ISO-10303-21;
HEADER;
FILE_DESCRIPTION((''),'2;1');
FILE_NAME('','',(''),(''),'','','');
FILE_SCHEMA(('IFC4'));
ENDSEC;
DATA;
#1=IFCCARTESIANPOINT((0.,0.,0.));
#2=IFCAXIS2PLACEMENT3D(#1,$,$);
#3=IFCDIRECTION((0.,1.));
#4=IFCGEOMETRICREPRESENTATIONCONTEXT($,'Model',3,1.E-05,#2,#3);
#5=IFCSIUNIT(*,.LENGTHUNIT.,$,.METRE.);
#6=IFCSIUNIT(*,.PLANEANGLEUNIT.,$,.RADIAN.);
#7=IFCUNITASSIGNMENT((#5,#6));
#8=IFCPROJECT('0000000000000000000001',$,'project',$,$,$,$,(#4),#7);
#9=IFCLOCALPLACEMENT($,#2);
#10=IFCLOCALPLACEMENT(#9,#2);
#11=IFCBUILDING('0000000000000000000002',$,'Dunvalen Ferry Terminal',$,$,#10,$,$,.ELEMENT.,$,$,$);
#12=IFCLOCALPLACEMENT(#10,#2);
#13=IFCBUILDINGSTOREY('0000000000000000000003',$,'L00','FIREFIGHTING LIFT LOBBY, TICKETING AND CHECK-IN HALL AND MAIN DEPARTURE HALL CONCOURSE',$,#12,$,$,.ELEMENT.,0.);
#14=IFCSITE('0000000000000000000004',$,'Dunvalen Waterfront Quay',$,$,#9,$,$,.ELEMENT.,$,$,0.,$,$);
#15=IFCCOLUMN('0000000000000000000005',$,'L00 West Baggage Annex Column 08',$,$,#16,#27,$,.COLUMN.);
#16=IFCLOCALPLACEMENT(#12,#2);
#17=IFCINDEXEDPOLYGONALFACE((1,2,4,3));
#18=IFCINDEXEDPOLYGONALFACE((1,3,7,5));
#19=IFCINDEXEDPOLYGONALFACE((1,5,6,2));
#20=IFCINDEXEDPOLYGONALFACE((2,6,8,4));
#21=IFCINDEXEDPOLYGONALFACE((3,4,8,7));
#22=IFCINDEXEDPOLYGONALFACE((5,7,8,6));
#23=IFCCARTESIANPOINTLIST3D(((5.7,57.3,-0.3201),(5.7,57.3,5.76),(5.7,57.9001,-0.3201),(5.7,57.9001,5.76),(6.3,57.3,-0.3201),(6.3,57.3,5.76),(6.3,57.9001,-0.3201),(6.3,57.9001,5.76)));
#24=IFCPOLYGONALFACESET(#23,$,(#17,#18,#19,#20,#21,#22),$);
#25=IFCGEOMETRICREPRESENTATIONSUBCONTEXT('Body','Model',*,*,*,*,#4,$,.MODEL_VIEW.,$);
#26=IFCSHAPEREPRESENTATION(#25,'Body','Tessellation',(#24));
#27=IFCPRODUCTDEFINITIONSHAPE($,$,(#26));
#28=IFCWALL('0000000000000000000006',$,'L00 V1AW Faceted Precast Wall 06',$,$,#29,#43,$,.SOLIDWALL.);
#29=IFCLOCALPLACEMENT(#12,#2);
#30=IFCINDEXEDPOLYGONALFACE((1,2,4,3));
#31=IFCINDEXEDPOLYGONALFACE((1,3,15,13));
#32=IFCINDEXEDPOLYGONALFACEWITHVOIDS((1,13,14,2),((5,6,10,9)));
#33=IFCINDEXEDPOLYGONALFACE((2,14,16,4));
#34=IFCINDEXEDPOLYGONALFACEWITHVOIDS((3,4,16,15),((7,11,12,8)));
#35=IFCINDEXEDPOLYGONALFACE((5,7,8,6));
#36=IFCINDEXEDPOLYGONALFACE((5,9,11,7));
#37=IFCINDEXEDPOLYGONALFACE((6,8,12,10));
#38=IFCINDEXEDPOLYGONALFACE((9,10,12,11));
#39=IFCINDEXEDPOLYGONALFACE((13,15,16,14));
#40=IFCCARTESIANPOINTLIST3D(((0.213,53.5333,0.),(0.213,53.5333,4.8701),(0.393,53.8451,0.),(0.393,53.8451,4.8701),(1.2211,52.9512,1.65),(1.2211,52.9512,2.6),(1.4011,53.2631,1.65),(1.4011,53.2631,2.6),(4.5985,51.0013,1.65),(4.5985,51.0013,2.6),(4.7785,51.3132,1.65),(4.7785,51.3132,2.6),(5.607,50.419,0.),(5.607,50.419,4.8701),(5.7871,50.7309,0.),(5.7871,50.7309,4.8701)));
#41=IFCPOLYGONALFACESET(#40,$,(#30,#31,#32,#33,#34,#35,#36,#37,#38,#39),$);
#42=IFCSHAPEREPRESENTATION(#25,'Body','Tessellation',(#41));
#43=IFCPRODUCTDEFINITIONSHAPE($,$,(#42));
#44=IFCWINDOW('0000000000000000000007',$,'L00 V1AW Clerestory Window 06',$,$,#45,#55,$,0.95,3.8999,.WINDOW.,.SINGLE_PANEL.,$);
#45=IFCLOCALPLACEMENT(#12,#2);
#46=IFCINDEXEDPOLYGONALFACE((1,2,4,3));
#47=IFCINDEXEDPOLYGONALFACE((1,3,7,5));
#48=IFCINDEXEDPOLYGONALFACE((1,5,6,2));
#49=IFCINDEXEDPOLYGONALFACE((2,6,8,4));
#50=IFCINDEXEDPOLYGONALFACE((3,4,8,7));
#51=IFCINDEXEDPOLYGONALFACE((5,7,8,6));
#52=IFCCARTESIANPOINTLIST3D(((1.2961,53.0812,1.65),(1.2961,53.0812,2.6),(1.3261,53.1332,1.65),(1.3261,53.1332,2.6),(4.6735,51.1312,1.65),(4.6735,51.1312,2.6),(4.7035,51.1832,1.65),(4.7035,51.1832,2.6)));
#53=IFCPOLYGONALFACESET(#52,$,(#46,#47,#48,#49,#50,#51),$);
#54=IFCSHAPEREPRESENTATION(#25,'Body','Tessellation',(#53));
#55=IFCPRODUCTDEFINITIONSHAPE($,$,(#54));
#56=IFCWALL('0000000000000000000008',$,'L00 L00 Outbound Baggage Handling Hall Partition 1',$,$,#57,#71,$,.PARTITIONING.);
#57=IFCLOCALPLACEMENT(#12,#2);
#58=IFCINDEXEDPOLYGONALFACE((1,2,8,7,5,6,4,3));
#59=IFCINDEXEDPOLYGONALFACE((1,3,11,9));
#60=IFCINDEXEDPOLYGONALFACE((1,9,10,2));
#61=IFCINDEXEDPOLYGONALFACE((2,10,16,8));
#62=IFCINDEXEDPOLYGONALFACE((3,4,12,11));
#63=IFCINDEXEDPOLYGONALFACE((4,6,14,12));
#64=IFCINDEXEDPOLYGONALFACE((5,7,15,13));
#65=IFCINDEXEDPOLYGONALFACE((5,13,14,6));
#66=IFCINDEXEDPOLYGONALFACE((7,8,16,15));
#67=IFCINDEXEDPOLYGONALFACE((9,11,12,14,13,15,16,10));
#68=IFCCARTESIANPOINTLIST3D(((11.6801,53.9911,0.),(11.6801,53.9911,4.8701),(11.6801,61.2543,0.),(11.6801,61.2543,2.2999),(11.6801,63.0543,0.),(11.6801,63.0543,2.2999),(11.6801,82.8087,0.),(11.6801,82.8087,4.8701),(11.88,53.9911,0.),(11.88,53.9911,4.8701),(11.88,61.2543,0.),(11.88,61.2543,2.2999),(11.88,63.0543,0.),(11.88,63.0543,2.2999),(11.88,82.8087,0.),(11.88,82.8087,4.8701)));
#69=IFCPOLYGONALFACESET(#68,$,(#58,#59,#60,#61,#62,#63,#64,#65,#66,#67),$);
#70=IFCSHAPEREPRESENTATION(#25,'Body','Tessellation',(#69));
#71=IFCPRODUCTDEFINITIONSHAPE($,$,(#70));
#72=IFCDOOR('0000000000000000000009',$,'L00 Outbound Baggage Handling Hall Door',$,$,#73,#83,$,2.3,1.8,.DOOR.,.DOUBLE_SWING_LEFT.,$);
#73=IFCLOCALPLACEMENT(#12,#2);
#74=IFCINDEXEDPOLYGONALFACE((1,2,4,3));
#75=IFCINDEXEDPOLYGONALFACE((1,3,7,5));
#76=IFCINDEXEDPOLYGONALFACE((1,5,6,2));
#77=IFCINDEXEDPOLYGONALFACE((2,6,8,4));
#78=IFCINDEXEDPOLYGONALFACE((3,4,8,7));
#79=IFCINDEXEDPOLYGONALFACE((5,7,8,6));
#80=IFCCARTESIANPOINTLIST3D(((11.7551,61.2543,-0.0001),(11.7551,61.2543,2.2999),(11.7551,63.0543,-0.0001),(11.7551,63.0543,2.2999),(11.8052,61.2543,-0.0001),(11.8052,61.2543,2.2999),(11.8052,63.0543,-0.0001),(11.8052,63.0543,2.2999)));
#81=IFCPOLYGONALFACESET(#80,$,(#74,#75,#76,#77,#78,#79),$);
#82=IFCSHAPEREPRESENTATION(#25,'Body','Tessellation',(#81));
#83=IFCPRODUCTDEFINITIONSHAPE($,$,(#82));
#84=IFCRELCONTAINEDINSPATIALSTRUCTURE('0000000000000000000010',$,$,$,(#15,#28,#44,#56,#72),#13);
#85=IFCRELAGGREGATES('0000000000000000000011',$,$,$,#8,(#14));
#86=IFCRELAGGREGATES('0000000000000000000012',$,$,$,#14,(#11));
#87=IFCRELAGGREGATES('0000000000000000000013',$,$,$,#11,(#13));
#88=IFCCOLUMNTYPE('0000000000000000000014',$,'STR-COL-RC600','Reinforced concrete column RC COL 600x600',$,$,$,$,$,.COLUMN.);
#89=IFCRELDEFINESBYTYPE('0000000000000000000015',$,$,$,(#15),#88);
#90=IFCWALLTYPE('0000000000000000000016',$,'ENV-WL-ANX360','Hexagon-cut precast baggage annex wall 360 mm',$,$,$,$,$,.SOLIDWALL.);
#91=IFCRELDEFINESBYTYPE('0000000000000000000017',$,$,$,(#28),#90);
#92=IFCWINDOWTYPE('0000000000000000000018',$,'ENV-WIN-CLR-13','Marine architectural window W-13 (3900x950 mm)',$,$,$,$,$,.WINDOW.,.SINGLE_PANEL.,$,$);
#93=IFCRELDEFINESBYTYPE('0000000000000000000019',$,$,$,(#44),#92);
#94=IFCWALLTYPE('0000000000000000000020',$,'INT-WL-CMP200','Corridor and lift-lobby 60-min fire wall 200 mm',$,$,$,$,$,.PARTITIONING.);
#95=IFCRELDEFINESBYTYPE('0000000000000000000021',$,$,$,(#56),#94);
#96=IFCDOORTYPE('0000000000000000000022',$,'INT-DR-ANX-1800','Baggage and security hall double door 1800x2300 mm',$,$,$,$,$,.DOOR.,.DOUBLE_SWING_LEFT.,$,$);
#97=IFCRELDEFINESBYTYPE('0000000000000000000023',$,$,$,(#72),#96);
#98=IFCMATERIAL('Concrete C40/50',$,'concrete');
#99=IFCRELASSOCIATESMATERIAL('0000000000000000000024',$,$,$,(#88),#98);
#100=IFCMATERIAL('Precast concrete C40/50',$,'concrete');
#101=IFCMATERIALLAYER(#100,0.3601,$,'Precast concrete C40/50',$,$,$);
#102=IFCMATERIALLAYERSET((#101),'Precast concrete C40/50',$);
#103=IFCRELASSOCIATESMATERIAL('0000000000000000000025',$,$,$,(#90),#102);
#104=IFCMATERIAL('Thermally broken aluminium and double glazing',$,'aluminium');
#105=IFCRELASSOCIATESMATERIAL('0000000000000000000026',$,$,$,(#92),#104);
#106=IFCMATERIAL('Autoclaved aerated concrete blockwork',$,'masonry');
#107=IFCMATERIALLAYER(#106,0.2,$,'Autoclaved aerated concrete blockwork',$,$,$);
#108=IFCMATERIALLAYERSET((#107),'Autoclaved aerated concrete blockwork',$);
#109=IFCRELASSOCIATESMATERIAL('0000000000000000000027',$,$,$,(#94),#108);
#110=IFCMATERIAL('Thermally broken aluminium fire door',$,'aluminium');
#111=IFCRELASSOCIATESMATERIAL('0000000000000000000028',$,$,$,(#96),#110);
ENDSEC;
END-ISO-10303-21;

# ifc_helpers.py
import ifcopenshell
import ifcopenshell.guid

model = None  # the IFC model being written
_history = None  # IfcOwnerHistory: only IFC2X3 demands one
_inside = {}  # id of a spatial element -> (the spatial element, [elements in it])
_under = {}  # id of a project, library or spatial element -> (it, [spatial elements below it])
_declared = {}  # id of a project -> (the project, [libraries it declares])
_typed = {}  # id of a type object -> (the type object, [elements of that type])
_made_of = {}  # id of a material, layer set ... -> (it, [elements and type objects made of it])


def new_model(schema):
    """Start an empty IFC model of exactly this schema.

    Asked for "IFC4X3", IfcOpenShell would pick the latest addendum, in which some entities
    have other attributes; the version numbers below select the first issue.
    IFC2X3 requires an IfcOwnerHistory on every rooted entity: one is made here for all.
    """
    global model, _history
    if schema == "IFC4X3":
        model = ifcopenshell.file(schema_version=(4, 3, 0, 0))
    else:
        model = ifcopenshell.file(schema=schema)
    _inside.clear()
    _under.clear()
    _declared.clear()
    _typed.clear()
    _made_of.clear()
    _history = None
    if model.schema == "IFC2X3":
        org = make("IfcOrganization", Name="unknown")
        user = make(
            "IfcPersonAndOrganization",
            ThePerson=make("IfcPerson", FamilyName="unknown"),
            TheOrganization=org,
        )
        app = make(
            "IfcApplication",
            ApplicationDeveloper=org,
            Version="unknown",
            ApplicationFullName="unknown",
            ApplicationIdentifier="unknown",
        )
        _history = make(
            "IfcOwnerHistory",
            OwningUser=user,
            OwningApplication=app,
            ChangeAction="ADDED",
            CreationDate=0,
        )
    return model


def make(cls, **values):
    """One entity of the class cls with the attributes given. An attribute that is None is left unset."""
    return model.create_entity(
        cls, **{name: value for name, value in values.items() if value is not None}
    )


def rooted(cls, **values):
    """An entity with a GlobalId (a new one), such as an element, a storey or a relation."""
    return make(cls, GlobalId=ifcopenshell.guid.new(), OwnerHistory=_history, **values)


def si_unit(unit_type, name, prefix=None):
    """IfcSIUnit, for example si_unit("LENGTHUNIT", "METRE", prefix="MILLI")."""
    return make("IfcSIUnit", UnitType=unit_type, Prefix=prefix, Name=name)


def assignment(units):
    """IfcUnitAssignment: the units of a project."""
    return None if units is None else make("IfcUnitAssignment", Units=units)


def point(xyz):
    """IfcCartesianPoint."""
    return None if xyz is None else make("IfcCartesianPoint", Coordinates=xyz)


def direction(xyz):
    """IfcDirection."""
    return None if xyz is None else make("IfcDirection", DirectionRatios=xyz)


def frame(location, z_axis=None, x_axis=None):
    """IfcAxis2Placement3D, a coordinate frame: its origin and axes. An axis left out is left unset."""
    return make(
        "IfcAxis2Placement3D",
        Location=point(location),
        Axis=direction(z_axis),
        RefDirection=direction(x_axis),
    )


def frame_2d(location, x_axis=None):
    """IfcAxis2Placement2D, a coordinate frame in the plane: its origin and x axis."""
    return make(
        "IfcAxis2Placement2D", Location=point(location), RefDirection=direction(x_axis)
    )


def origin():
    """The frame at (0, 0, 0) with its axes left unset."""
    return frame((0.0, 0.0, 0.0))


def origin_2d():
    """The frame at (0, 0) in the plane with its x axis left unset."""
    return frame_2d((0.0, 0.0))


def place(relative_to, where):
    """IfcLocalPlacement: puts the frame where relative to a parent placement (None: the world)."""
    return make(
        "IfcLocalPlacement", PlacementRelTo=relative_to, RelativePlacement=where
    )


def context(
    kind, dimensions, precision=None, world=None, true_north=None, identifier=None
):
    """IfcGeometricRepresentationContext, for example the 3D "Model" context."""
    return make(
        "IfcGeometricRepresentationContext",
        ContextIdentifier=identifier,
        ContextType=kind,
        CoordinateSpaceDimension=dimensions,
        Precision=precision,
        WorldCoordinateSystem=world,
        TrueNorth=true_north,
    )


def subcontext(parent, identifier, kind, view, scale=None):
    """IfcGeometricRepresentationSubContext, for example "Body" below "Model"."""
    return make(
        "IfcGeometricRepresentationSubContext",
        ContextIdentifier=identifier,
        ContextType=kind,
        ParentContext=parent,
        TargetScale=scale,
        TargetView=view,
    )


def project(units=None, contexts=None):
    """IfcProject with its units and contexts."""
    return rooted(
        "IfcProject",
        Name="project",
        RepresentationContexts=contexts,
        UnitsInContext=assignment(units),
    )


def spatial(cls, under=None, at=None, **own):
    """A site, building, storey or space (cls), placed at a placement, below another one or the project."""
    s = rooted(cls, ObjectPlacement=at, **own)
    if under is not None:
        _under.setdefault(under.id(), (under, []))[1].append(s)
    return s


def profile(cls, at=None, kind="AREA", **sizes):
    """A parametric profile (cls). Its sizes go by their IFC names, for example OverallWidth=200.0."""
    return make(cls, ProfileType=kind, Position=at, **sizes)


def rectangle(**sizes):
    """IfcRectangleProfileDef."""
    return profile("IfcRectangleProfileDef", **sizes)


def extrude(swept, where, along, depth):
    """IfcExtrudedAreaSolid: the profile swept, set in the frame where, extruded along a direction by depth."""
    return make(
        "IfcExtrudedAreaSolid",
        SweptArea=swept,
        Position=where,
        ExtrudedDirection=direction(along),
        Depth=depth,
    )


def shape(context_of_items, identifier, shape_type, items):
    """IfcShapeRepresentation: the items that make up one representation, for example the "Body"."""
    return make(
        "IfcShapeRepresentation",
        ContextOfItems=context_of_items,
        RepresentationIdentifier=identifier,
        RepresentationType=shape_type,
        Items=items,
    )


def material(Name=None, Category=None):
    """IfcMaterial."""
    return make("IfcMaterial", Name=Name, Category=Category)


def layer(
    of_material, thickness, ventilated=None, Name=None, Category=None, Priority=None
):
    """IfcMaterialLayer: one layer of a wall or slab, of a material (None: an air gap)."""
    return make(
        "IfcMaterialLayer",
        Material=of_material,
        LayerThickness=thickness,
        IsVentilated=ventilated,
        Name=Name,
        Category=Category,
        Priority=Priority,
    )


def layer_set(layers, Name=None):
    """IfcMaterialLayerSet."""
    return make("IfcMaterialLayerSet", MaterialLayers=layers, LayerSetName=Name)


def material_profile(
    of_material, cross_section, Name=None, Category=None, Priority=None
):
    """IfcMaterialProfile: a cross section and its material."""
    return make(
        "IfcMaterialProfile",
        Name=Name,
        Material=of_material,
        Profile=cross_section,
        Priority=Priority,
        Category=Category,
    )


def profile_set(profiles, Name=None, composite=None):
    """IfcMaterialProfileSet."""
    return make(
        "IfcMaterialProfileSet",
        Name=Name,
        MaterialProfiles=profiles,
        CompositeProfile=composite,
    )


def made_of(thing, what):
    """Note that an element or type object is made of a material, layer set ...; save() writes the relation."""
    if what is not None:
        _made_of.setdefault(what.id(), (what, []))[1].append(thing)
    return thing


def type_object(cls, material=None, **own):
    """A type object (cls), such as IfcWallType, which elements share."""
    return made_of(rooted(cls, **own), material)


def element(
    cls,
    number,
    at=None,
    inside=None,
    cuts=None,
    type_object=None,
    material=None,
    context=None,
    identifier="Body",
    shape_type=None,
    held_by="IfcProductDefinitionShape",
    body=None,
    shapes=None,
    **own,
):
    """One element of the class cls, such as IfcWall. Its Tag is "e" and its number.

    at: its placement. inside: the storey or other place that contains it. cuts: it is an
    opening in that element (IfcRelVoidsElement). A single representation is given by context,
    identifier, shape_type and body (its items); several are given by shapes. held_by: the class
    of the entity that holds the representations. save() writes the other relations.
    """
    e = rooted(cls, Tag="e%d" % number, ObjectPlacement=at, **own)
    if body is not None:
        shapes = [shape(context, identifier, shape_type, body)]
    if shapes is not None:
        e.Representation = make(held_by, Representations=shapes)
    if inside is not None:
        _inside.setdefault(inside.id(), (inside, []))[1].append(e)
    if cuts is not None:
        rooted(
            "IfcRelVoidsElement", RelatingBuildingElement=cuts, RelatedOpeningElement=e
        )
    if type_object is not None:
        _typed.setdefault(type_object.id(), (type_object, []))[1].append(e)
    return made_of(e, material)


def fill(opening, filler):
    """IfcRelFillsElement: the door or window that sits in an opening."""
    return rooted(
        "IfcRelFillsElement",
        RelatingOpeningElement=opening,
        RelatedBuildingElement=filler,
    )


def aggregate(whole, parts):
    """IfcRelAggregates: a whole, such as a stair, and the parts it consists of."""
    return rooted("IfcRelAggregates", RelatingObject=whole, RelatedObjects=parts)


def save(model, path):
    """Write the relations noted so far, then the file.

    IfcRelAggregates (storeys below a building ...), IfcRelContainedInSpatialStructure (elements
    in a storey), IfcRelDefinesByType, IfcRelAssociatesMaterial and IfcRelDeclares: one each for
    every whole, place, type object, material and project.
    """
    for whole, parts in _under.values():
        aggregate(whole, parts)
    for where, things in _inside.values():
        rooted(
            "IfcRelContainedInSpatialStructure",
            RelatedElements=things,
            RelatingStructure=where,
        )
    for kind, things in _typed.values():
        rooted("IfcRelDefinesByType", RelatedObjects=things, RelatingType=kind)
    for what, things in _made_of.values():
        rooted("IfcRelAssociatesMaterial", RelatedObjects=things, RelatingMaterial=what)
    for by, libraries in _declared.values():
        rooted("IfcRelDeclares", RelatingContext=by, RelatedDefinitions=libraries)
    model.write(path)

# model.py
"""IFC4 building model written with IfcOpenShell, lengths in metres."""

from ifc_helpers import new_model, si_unit, direction, frame, frame_2d, origin, origin_2d, place, context, subcontext, project, spatial, rectangle, extrude, material, layer, layer_set, material_profile, profile_set, type_object, element, fill, save


model = new_model("IFC4")

# Units and contexts
model_context = context("Model", 3, precision=1e-05, world=origin(), true_north=direction((0.0, 1.0)))
body_context = subcontext(model_context, "Body", "Model", "MODEL_VIEW")
ifc_project = project(units=[si_unit("LENGTHUNIT", "METRE"), si_unit("PLANEANGLEUNIT", "RADIAN")], contexts=[model_context])

# Site, building, storey
site_placement = place(None, origin())
site = spatial("IfcSite", under=ifc_project, at=site_placement, Name="Dunvalen Waterfront Quay", CompositionType="ELEMENT", RefElevation=0.0)
building_placement = place(site_placement, origin())
building = spatial("IfcBuilding", under=site, at=building_placement, Name="Dunvalen Ferry Terminal", CompositionType="ELEMENT")
storey_placement = place(building_placement, origin())
storey = spatial("IfcBuildingStorey", under=building, at=storey_placement, Name="L00", Description="FIREFIGHTING LIFT LOBBY, TICKETING AND CHECK-IN HALL AND MAIN DEPARTURE HALL CONCOURSE", CompositionType="ELEMENT", Elevation=0.0)

# Shared definitions
ifc_material_1 = material(Name="Concrete C40/50", Category="concrete")

# Column
ifc_material_profile_1 = material_profile(ifc_material_1, rectangle(XDim=0.6001, YDim=0.6001, at=origin_2d()), Name="Concrete C40/50")
ifc_profile_set_1 = profile_set([ifc_material_profile_1], Name="Concrete C40/50")
column_type_1 = type_object("IfcColumnType", Name="STR-COL-RC600", Description="Reinforced concrete column RC COL 600x600", PredefinedType="COLUMN", material=ifc_profile_set_1)
for number, where, z_axis, x_axis, name in (
    (1, (6.0, 57.6001, -0.3201), (0.0, 0.0, 1.0), (1.0, 0.0, 0.0), "L00 West Baggage Annex Column 08"),
):
    element("IfcColumn", number, at=place(storey_placement, frame(where, z_axis=z_axis, x_axis=x_axis)), inside=storey, type_object=column_type_1, Name=name, PredefinedType="COLUMN", context=body_context, shape_type="SweptSolid", body=[
        extrude(rectangle(XDim=0.6001, YDim=0.6001, at=origin_2d()), origin(), (0.0, 0.0, 1.0), 6.0801),
    ])

# Shared definitions
ifc_material_2 = material(Name="Precast concrete C40/50", Category="concrete")
ifc_layer_1 = layer(ifc_material_2, 0.3601, Name="Precast concrete C40/50")
ifc_layer_set_1 = layer_set([ifc_layer_1], Name="Precast concrete C40/50")
wall_type_1 = type_object("IfcWallType", Name="ENV-WL-ANX360", Description="Hexagon-cut precast baggage annex wall 360 mm", PredefinedType="SOLIDWALL", material=ifc_layer_set_1)

# Wall, opening, window
wall_1_placement = place(storey_placement, frame((0.303, 53.6892, 0.0), z_axis=(0.0, 0.0, 1.0), x_axis=(0.866025, -0.500001, 0.0)))
wall_1 = element("IfcWall", 2, at=wall_1_placement, inside=storey, type_object=wall_type_1, Name="L00 V1AW Faceted Precast Wall 06", PredefinedType="SOLIDWALL", context=body_context, shape_type="SweptSolid", body=[
    extrude(rectangle(XDim=6.2285, YDim=0.3601, at=frame_2d((3.1143, 0.0))), origin(), (0.0, 0.0, 1.0), 4.8701),
])
opening_1_placement = place(wall_1_placement, frame((1.1641, 0.0, 1.6499)))
opening_1 = element("IfcOpeningElement", 3, at=opening_1_placement, cuts=wall_1, PredefinedType="OPENING", context=body_context, shape_type="SweptSolid", body=[
    extrude(rectangle(XDim=3.8999, YDim=0.95, at=frame_2d((1.95, 0.4751))), frame((0.0, 0.1899, 0.0), z_axis=(0.0, -1.0, 0.0), x_axis=(1.0, 0.0, 0.0)), (0.0, 0.0, 1.0), 0.3801),
])
ifc_material_3 = material(Name="Thermally broken aluminium and double glazing", Category="aluminium")
window_type = type_object("IfcWindowType", Name="ENV-WIN-CLR-13", Description="Marine architectural window W-13 (3900x950 mm)", PartitioningType="SINGLE_PANEL", PredefinedType="WINDOW", material=ifc_material_3)
window_placement = place(opening_1_placement, origin())
window = element("IfcWindow", 4, at=window_placement, inside=storey, type_object=window_type, Name="L00 V1AW Clerestory Window 06", OverallHeight=0.95, OverallWidth=3.8999, PartitioningType="SINGLE_PANEL", PredefinedType="WINDOW", context=body_context, shape_type="SweptSolid", body=[
    extrude(rectangle(XDim=3.8999, YDim=0.95, at=frame_2d((1.95, 0.4751))), frame((0.0, 0.03, 0.0), z_axis=(0.0, -1.0, 0.0), x_axis=(1.0, 0.0, 0.0)), (0.0, 0.0, 1.0), 0.0601),
])
fill(opening_1, window)

# Wall, opening, door
ifc_material_4 = material(Name="Autoclaved aerated concrete blockwork", Category="masonry")
ifc_layer_2 = layer(ifc_material_4, 0.2, Name="Autoclaved aerated concrete blockwork")
ifc_layer_set_2 = layer_set([ifc_layer_2], Name="Autoclaved aerated concrete blockwork")
wall_type_2 = type_object("IfcWallType", Name="INT-WL-CMP200", Description="Corridor and lift-lobby 60-min fire wall 200 mm", PredefinedType="PARTITIONING", material=ifc_layer_set_2)
wall_2_placement = place(storey_placement, frame((11.78, 53.9912, 0.0), z_axis=(0.0, 0.0, 1.0), x_axis=(0.0, 1.0, 0.0)))
wall_2 = element("IfcWall", 5, at=wall_2_placement, inside=storey, type_object=wall_type_2, Name="L00 L00 Outbound Baggage Handling Hall Partition 1", PredefinedType="PARTITIONING", context=body_context, shape_type="SweptSolid", body=[
    extrude(rectangle(XDim=28.8176, YDim=0.2, at=frame_2d((14.4087, 0.0))), origin(), (0.0, 0.0, 1.0), 4.8701),
])
opening_2_placement = place(wall_2_placement, frame((7.2632, 0.0, 0.0)))
opening_2 = element("IfcOpeningElement", 6, at=opening_2_placement, cuts=wall_2, PredefinedType="OPENING", context=body_context, shape_type="SweptSolid", body=[
    extrude(rectangle(XDim=1.8, YDim=2.3, at=frame_2d((0.8999, 1.1499))), frame((0.0, 0.1099, 0.0), z_axis=(0.0, -1.0, 0.0), x_axis=(1.0, 0.0, 0.0)), (0.0, 0.0, 1.0), 0.22),
])
ifc_material_5 = material(Name="Thermally broken aluminium fire door", Category="aluminium")
door_type_1 = type_object("IfcDoorType", Name="INT-DR-ANX-1800", Description="Baggage and security hall double door 1800x2300 mm", OperationType="DOUBLE_SWING_LEFT", PredefinedType="DOOR", material=ifc_material_5)
door_1_placement = place(opening_2_placement, origin())
door_1 = element("IfcDoor", 7, at=door_1_placement, inside=storey, type_object=door_type_1, Name="L00 Outbound Baggage Handling Hall Door", OperationType="DOUBLE_SWING_LEFT", OverallHeight=2.3, OverallWidth=1.8, PredefinedType="DOOR", context=body_context, shape_type="SweptSolid", body=[
    extrude(rectangle(XDim=1.8, YDim=2.3, at=frame_2d((0.8999, 1.1499))), frame((0.0, 0.0249, 0.0), z_axis=(0.0, -1.0, 0.0), x_axis=(1.0, 0.0, 0.0)), (0.0, 0.0, 1.0), 0.05),
])
fill(opening_2, door_1)

save(model, "model.ifc")
